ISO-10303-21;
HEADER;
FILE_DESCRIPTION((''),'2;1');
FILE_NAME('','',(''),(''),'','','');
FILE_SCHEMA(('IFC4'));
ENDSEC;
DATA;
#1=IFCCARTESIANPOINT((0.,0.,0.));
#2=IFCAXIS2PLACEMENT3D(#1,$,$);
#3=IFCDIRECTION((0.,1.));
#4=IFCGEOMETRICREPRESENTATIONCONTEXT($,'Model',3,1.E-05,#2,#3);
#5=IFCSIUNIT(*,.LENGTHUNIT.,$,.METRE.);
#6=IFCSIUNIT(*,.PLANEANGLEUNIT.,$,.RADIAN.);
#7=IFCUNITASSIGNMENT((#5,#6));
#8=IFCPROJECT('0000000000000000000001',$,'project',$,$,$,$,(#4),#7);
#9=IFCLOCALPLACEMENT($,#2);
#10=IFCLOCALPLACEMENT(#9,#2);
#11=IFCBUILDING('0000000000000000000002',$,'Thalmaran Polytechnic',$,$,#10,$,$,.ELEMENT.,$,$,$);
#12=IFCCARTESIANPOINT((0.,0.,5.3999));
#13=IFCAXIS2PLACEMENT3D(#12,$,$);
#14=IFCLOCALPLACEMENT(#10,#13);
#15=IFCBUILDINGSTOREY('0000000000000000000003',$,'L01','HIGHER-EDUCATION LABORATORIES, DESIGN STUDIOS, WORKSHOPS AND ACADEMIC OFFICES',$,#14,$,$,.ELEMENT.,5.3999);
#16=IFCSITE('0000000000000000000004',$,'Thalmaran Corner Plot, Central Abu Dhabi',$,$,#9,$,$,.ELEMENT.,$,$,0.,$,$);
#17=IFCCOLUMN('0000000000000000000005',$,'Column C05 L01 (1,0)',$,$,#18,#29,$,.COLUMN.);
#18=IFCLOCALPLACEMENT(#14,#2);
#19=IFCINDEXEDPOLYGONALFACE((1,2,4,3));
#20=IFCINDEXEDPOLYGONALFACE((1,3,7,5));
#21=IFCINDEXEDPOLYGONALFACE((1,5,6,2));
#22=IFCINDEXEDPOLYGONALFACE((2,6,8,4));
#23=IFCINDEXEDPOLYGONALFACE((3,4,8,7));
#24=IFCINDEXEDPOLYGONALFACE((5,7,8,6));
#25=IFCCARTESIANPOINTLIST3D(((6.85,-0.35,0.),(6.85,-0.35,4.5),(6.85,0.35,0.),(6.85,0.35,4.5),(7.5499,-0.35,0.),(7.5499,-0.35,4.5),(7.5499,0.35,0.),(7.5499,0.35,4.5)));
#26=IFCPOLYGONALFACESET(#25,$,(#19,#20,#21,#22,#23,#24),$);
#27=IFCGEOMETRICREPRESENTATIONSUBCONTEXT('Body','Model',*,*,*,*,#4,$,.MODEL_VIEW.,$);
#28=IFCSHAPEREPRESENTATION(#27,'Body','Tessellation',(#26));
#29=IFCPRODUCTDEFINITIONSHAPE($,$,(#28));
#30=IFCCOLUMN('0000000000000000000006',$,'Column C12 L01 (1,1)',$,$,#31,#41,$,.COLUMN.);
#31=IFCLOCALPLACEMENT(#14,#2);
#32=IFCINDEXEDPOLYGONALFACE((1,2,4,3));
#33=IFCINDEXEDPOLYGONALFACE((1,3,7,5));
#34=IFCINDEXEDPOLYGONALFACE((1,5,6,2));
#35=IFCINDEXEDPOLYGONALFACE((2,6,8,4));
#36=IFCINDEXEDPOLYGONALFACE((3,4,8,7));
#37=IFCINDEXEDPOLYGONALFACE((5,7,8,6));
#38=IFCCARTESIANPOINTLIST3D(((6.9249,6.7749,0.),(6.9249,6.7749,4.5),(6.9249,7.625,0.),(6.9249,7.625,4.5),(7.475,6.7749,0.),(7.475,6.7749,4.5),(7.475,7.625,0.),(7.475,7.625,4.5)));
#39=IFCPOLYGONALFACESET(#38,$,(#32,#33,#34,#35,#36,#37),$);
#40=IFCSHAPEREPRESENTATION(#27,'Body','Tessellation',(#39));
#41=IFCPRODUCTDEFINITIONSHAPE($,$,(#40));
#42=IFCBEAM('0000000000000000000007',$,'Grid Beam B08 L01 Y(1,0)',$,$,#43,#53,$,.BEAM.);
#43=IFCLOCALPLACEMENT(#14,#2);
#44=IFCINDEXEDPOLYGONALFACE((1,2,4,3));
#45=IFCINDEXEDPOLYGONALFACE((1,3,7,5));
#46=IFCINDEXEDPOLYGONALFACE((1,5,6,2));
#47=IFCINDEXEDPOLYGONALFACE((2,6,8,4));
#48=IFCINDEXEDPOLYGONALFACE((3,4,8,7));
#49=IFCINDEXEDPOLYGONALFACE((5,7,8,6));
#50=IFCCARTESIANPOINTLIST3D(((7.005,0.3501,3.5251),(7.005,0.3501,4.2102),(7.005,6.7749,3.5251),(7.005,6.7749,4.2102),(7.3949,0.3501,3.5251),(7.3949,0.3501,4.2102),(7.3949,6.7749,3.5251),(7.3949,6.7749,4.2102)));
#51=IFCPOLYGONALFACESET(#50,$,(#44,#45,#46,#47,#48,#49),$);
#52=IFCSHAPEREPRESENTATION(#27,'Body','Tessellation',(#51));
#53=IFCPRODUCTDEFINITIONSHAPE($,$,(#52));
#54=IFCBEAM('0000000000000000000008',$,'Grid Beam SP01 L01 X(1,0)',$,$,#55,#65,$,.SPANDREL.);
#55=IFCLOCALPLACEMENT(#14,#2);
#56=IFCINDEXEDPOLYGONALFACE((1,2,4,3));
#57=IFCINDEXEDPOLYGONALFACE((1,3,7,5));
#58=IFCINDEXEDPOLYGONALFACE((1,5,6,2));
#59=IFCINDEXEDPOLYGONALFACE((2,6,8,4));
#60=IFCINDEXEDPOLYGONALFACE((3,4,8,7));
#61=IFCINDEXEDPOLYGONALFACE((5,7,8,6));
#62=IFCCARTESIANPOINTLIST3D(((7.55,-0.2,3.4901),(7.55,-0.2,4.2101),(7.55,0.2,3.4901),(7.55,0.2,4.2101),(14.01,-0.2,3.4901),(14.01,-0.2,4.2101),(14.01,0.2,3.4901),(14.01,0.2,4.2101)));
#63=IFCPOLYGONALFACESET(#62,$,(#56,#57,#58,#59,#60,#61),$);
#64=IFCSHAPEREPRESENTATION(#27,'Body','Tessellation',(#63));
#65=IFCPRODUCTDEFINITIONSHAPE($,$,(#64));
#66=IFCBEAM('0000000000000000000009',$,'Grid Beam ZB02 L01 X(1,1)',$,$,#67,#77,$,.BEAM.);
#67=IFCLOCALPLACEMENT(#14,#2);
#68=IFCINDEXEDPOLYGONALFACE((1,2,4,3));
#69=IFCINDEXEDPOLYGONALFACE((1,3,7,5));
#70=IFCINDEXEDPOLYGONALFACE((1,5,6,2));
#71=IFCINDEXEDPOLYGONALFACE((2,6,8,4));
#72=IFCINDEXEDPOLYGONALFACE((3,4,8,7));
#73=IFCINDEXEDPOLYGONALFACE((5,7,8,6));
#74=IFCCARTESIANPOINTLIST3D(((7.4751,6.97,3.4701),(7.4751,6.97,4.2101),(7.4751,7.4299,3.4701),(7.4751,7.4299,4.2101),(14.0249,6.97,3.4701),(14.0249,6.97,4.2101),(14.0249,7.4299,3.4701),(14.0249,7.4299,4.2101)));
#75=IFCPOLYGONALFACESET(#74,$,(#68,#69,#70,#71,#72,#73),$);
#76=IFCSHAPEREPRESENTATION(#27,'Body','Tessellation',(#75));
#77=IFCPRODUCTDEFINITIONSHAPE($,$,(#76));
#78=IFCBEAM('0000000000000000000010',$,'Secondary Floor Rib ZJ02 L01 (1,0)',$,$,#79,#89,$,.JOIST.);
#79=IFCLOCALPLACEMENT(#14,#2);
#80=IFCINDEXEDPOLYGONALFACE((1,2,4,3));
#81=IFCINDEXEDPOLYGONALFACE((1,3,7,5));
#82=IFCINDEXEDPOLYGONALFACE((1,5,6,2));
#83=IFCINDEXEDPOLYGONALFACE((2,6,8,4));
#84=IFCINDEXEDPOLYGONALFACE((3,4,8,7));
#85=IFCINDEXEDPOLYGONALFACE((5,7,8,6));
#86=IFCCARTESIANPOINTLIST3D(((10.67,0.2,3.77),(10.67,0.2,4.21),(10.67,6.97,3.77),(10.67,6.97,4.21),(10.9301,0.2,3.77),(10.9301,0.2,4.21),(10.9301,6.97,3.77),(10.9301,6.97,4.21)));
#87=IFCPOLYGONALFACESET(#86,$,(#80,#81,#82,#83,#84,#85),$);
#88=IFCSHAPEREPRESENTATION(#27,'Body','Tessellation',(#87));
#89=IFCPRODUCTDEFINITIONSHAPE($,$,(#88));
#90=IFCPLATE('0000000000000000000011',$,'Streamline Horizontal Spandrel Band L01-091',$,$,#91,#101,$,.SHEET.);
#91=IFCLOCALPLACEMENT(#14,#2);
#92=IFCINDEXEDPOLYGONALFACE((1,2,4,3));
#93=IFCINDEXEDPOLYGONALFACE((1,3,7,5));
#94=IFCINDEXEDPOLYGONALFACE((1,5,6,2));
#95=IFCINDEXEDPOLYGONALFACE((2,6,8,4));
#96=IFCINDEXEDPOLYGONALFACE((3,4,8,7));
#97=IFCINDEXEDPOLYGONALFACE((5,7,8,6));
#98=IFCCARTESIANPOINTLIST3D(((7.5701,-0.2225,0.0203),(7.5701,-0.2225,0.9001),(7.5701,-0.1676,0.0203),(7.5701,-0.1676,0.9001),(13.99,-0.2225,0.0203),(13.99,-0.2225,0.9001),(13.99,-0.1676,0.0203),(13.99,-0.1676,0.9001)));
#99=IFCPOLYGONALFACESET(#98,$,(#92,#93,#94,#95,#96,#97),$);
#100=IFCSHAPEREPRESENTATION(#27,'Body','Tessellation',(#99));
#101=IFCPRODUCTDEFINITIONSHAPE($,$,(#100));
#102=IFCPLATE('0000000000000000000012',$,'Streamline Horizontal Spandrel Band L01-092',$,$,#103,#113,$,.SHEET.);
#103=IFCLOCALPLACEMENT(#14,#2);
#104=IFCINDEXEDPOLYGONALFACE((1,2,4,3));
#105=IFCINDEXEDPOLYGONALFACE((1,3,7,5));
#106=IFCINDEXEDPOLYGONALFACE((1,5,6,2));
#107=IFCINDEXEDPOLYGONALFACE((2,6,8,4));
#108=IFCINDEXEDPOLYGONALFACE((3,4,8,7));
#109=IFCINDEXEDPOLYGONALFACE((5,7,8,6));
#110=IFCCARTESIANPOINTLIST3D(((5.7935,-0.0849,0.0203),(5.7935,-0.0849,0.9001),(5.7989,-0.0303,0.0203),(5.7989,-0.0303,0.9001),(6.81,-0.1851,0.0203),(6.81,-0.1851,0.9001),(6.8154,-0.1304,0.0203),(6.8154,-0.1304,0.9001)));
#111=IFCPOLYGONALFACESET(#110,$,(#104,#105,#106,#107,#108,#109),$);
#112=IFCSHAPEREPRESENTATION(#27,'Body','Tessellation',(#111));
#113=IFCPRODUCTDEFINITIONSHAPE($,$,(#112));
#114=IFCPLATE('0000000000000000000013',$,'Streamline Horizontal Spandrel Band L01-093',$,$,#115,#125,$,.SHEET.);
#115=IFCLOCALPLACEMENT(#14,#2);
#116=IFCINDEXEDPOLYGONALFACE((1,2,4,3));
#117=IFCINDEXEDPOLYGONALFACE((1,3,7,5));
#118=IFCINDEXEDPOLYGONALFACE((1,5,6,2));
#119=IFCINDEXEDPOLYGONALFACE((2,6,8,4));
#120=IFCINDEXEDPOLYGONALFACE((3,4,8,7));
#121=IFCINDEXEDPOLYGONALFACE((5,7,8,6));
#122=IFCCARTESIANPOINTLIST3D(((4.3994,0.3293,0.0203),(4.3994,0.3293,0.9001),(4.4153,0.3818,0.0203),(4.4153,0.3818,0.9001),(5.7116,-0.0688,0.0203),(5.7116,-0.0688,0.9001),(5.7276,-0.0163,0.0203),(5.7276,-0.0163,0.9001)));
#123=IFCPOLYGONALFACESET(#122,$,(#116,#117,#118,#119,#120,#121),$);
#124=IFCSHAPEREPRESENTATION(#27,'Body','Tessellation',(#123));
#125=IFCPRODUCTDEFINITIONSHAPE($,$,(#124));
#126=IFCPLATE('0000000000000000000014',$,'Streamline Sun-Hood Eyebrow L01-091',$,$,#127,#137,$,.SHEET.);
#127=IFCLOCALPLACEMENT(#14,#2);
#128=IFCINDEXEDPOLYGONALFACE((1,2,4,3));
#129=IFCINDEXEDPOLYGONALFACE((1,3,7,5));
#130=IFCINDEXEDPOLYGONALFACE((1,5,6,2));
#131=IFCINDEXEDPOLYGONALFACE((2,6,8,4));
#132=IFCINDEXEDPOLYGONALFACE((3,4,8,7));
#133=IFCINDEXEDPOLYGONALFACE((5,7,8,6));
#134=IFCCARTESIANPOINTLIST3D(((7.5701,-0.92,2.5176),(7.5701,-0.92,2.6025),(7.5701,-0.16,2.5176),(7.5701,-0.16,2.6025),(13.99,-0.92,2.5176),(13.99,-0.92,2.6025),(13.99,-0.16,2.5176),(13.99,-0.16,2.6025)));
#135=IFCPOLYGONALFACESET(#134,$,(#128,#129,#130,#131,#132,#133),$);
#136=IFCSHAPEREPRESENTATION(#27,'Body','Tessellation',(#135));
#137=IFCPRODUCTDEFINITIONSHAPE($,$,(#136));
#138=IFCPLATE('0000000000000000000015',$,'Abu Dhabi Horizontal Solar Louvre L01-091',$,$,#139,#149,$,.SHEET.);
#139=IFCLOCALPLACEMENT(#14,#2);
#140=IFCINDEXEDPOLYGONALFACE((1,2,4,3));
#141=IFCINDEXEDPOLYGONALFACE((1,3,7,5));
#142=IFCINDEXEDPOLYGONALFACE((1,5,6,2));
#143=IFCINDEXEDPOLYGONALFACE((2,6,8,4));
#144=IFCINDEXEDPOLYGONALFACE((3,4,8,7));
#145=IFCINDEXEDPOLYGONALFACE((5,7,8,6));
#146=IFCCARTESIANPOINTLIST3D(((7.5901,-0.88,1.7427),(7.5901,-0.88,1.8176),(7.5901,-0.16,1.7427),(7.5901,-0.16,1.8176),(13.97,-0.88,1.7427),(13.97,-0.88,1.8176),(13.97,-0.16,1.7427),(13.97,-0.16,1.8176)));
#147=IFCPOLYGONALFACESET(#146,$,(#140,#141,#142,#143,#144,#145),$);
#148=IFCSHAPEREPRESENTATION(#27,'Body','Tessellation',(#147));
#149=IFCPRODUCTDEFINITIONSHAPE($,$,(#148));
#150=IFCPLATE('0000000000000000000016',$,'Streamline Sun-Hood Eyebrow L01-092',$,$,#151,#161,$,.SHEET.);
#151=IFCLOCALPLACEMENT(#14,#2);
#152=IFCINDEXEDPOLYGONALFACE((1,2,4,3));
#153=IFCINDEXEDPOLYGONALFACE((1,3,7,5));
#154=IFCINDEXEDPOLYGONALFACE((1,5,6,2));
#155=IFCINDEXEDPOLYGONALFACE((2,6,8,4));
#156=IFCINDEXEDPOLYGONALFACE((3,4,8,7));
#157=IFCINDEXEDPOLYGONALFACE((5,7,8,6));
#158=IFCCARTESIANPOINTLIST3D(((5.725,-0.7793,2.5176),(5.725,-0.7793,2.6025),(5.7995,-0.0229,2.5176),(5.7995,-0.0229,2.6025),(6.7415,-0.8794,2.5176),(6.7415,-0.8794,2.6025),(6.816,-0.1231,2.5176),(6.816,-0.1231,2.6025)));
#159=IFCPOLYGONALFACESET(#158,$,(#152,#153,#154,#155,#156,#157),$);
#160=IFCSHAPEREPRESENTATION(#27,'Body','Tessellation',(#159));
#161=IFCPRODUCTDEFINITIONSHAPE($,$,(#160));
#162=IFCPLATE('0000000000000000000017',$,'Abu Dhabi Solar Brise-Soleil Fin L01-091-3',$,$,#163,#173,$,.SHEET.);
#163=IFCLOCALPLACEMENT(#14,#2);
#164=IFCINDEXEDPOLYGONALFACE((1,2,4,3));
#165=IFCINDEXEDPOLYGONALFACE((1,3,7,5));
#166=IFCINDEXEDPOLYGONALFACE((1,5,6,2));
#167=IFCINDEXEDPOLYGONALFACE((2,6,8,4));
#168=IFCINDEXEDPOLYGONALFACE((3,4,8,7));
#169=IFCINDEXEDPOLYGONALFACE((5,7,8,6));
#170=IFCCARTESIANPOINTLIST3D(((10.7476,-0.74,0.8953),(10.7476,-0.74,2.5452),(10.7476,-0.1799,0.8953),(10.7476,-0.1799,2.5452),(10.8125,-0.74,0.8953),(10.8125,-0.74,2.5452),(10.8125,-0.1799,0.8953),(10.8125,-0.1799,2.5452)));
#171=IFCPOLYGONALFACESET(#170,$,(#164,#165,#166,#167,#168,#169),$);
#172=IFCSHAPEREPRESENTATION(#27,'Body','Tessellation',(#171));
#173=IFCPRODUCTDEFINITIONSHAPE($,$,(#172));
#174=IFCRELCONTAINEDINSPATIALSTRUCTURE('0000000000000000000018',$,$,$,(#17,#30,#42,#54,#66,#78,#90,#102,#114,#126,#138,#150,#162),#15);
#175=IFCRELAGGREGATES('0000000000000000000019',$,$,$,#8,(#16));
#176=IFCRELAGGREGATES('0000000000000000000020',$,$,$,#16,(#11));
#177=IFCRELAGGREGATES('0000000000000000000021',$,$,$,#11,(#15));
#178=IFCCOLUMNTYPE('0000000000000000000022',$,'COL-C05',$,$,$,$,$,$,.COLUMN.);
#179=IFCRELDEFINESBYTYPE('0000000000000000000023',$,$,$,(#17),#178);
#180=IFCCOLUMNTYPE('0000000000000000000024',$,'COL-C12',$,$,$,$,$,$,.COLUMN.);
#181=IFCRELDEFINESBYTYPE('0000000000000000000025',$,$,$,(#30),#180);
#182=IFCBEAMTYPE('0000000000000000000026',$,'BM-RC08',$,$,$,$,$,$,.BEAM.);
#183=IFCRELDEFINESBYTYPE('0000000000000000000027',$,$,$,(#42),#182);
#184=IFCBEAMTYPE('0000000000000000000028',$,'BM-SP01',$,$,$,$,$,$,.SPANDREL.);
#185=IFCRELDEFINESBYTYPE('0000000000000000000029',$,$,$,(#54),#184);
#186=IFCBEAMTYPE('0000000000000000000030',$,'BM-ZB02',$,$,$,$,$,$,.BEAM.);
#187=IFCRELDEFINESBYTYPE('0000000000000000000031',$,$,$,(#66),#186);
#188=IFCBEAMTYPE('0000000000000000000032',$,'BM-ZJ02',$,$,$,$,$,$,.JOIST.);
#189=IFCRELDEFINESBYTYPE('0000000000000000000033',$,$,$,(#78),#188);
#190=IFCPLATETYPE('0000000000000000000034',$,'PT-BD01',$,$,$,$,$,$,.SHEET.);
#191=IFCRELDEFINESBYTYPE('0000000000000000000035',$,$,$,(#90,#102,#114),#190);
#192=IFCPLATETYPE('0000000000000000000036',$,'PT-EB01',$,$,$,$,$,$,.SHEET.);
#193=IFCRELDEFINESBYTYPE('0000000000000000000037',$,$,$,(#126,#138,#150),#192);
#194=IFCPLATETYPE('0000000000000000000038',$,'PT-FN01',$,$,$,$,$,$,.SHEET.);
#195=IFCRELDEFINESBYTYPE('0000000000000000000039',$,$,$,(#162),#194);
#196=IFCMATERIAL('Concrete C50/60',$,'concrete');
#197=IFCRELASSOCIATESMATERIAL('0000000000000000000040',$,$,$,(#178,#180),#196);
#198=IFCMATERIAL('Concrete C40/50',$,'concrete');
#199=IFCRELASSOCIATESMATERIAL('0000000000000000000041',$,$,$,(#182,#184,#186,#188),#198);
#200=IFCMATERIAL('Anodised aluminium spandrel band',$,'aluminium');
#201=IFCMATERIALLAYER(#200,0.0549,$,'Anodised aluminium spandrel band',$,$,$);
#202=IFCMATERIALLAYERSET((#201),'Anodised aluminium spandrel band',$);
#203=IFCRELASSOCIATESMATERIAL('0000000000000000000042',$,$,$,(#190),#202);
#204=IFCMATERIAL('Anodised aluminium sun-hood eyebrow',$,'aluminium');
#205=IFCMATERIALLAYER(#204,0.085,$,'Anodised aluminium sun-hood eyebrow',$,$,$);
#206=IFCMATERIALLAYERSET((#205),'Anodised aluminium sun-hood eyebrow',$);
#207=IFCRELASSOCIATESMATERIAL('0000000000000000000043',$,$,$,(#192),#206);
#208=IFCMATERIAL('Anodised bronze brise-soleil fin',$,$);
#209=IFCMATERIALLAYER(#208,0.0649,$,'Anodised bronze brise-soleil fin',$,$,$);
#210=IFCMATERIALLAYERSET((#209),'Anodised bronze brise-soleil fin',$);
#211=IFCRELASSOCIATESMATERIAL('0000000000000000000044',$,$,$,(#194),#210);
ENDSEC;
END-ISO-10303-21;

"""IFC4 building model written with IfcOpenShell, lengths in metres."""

from ifc_helpers import new_model, si_unit, direction, frame, origin, origin_2d, place, context, subcontext, project, spatial, rectangle, extrude, material, layer, layer_set, material_profile, profile_set, type_object, element, save


model = new_model("IFC4")

# Units and contexts
model_context = context("Model", 3, precision=1e-05, world=origin(), true_north=direction((0.0, 1.0)))
body_context = subcontext(model_context, "Body", "Model", "MODEL_VIEW")
ifc_project = project(units=[si_unit("LENGTHUNIT", "METRE"), si_unit("PLANEANGLEUNIT", "RADIAN")], contexts=[model_context])

# Site, building, storey
site_placement = place(None, origin())
site = spatial("IfcSite", under=ifc_project, at=site_placement, Name="Thalmaran Corner Plot, Central Abu Dhabi", CompositionType="ELEMENT", RefElevation=0.0)
building_placement = place(site_placement, origin())
building = spatial("IfcBuilding", under=site, at=building_placement, Name="Thalmaran Polytechnic", CompositionType="ELEMENT")
storey_placement = place(building_placement, frame((0.0, 0.0, 5.3999)))
storey = spatial("IfcBuildingStorey", under=building, at=storey_placement, Name="L01", Description="HIGHER-EDUCATION LABORATORIES, DESIGN STUDIOS, WORKSHOPS AND ACADEMIC OFFICES", CompositionType="ELEMENT", Elevation=5.3999)

# Columns
ifc_material_1 = material(Name="Concrete C50/60", Category="concrete")
ifc_material_profile_1 = material_profile(ifc_material_1, rectangle(XDim=0.7, YDim=0.7, at=origin_2d()), Name="RC 700x700")
ifc_profile_set_1 = profile_set([ifc_material_profile_1], Name="Concrete C50/60")
column_type_1 = type_object("IfcColumnType", Name="COL-C05", PredefinedType="COLUMN", material=ifc_profile_set_1)
column_1_placement = place(storey_placement, frame((7.2, 0.0, 0.0), z_axis=(0.0, 0.0, 1.0), x_axis=(1.0, 0.0, 0.0)))
element("IfcColumn", 1, at=column_1_placement, inside=storey, type_object=column_type_1, Name="Column C05 L01 (1,0)", PredefinedType="COLUMN", context=body_context, shape_type="SweptSolid", body=[
    extrude(rectangle(XDim=0.7, YDim=0.7, at=origin_2d()), origin(), (0.0, 0.0, 1.0), 4.5),
])
ifc_material_profile_2 = material_profile(ifc_material_1, rectangle(XDim=0.55, YDim=0.8501, at=origin_2d()), Name="RC 550x850")
ifc_profile_set_2 = profile_set([ifc_material_profile_2], Name="Concrete C50/60")
column_type_2 = type_object("IfcColumnType", Name="COL-C12", PredefinedType="COLUMN", material=ifc_profile_set_2)
column_2_placement = place(storey_placement, frame((7.2, 7.2, 0.0), z_axis=(0.0, 0.0, 1.0), x_axis=(1.0, 0.0, 0.0)))
element("IfcColumn", 2, at=column_2_placement, inside=storey, type_object=column_type_2, Name="Column C12 L01 (1,1)", PredefinedType="COLUMN", context=body_context, shape_type="SweptSolid", body=[
    extrude(rectangle(XDim=0.55, YDim=0.8501, at=origin_2d()), origin(), (0.0, 0.0, 1.0), 4.5),
])

# Beams
ifc_material_2 = material(Name="Concrete C40/50", Category="concrete")
ifc_material_profile_3 = material_profile(ifc_material_2, rectangle(XDim=0.3899, YDim=0.6851, at=origin_2d()), Name="RC 390x685")
ifc_profile_set_3 = profile_set([ifc_material_profile_3], Name="Concrete C40/50")
beam_type_1 = type_object("IfcBeamType", Name="BM-RC08", PredefinedType="BEAM", material=ifc_profile_set_3)
beam_1_placement = place(storey_placement, frame((7.2, 0.3501, 3.8677), z_axis=(0.0, 1.0, 0.0), x_axis=(-1.0, 0.0, 0.0)))
element("IfcBeam", 3, at=beam_1_placement, inside=storey, type_object=beam_type_1, Name="Grid Beam B08 L01 Y(1,0)", PredefinedType="BEAM", context=body_context, shape_type="SweptSolid", body=[
    extrude(rectangle(XDim=0.3899, YDim=0.6851, at=origin_2d()), origin(), (0.0, 0.0, 1.0), 6.4248),
])
ifc_material_profile_4 = material_profile(ifc_material_2, rectangle(XDim=0.3999, YDim=0.72, at=origin_2d()), Name="RC 400x720")
ifc_profile_set_4 = profile_set([ifc_material_profile_4], Name="Concrete C40/50")
beam_type_2 = type_object("IfcBeamType", Name="BM-SP01", PredefinedType="SPANDREL", material=ifc_profile_set_4)
beam_2_placement = place(storey_placement, frame((7.55, 0.0, 3.8501), z_axis=(1.0, 0.0, 0.0), x_axis=(0.0, 1.0, 0.0)))
element("IfcBeam", 4, at=beam_2_placement, inside=storey, type_object=beam_type_2, Name="Grid Beam SP01 L01 X(1,0)", PredefinedType="SPANDREL", context=body_context, shape_type="SweptSolid", body=[
    extrude(rectangle(XDim=0.3999, YDim=0.72, at=origin_2d()), origin(), (0.0, 0.0, 1.0), 6.46),
])
ifc_material_profile_5 = material_profile(ifc_material_2, rectangle(XDim=0.46, YDim=0.74, at=origin_2d()), Name="RC 460x740")
ifc_profile_set_5 = profile_set([ifc_material_profile_5], Name="Concrete C40/50")
beam_type_3 = type_object("IfcBeamType", Name="BM-ZB02", PredefinedType="BEAM", material=ifc_profile_set_5)
beam_3_placement = place(storey_placement, frame((7.4751, 7.2, 3.8401), z_axis=(1.0, 0.0, 0.0), x_axis=(0.0, 1.0, 0.0)))
element("IfcBeam", 5, at=beam_3_placement, inside=storey, type_object=beam_type_3, Name="Grid Beam ZB02 L01 X(1,1)", PredefinedType="BEAM", context=body_context, shape_type="SweptSolid", body=[
    extrude(rectangle(XDim=0.46, YDim=0.74, at=origin_2d()), origin(), (0.0, 0.0, 1.0), 6.5498),
])
ifc_material_profile_6 = material_profile(ifc_material_2, rectangle(XDim=0.26, YDim=0.4399, at=origin_2d()), Name="RC 260x440")
ifc_profile_set_6 = profile_set([ifc_material_profile_6], Name="Concrete C40/50")
beam_type_4 = type_object("IfcBeamType", Name="BM-ZJ02", PredefinedType="JOIST", material=ifc_profile_set_6)
beam_4_placement = place(storey_placement, frame((10.8, 0.2, 3.99), z_axis=(0.0, 1.0, 0.0), x_axis=(-1.0, 0.0, 0.0)))
element("IfcBeam", 6, at=beam_4_placement, inside=storey, type_object=beam_type_4, Name="Secondary Floor Rib ZJ02 L01 (1,0)", PredefinedType="JOIST", context=body_context, shape_type="SweptSolid", body=[
    extrude(rectangle(XDim=0.26, YDim=0.4399, at=origin_2d()), origin(), (0.0, 0.0, 1.0), 6.77),
])

# Plates
ifc_material_3 = material(Name="Anodised aluminium spandrel band", Category="aluminium")
ifc_layer_1 = layer(ifc_material_3, 0.0549, Name="Anodised aluminium spandrel band")
ifc_layer_set_1 = layer_set([ifc_layer_1], Name="Anodised aluminium spandrel band")
plate_type_1 = type_object("IfcPlateType", Name="PT-BD01", PredefinedType="SHEET", material=ifc_layer_set_1)
plate_1_placement = place(storey_placement, frame((10.78, -0.1951, 0.0203), z_axis=(0.0, 0.0, 1.0), x_axis=(-1.0, 0.0, 0.0)))
element("IfcPlate", 7, at=plate_1_placement, inside=storey, type_object=plate_type_1, Name="Streamline Horizontal Spandrel Band L01-091", PredefinedType="SHEET", context=body_context, shape_type="SweptSolid", body=[
    extrude(rectangle(XDim=6.4199, YDim=0.0549, at=origin_2d()), origin(), (0.0, 0.0, 1.0), 0.8799),
])
plate_2_placement = place(storey_placement, frame((6.3044, -0.1077, 0.0203), z_axis=(0.0, 0.0, 1.0), x_axis=(-0.995185, 0.098017, 0.0)))
element("IfcPlate", 8, at=plate_2_placement, inside=storey, type_object=plate_type_1, Name="Streamline Horizontal Spandrel Band L01-092", PredefinedType="SHEET", context=body_context, shape_type="SweptSolid", body=[
    extrude(rectangle(XDim=1.0215, YDim=0.0549, at=origin_2d()), origin(), (0.0, 0.0, 1.0), 0.8799),
])
plate_3_placement = place(storey_placement, frame((5.0635, 0.1565, 0.0203), z_axis=(0.0, 0.0, 1.0), x_axis=(-0.95694, 0.290285, 0.0)))
element("IfcPlate", 9, at=plate_3_placement, inside=storey, type_object=plate_type_1, Name="Streamline Horizontal Spandrel Band L01-093", PredefinedType="SHEET", context=body_context, shape_type="SweptSolid", body=[
    extrude(rectangle(XDim=1.3713, YDim=0.0549, at=origin_2d()), origin(), (0.0, 0.0, 1.0), 0.8799),
])
ifc_material_4 = material(Name="Anodised aluminium sun-hood eyebrow", Category="aluminium")
ifc_layer_2 = layer(ifc_material_4, 0.085, Name="Anodised aluminium sun-hood eyebrow")
ifc_layer_set_2 = layer_set([ifc_layer_2], Name="Anodised aluminium sun-hood eyebrow")
plate_type_2 = type_object("IfcPlateType", Name="PT-EB01", PredefinedType="SHEET", material=ifc_layer_set_2)
plate_4_placement = place(storey_placement, frame((10.78, -0.54, 2.5176), z_axis=(0.0, 0.0, 1.0), x_axis=(-1.0, 0.0, 0.0)))
element("IfcPlate", 10, at=plate_4_placement, inside=storey, type_object=plate_type_2, Name="Streamline Sun-Hood Eyebrow L01-091", PredefinedType="SHEET", context=body_context, shape_type="SweptSolid", body=[
    extrude(rectangle(XDim=6.4199, YDim=0.76, at=origin_2d()), origin(), (0.0, 0.0, 1.0), 0.085),
])
plate_5_placement = place(storey_placement, frame((10.78, -0.52, 1.7427), z_axis=(0.0, 0.0, 1.0), x_axis=(-1.0, 0.0, 0.0)))
element("IfcPlate", 11, at=plate_5_placement, inside=storey, type_object=plate_type_2, Name="Abu Dhabi Horizontal Solar Louvre L01-091", PredefinedType="SHEET", context=body_context, shape_type="SweptSolid", body=[
    extrude(rectangle(XDim=6.3799, YDim=0.72, at=origin_2d()), origin(), (0.0, 0.0, 1.0), 0.075),
])
plate_6_placement = place(storey_placement, frame((6.2705, -0.4512, 2.5176), z_axis=(0.0, 0.0, 1.0), x_axis=(-0.995185, 0.098017, 0.0)))
element("IfcPlate", 12, at=plate_6_placement, inside=storey, type_object=plate_type_2, Name="Streamline Sun-Hood Eyebrow L01-092", PredefinedType="SHEET", context=body_context, shape_type="SweptSolid", body=[
    extrude(rectangle(XDim=1.0215, YDim=0.76, at=origin_2d()), origin(), (0.0, 0.0, 1.0), 0.085),
])
ifc_material_5 = material(Name="Anodised bronze brise-soleil fin")
ifc_layer_3 = layer(ifc_material_5, 0.0649, Name="Anodised bronze brise-soleil fin")
ifc_layer_set_3 = layer_set([ifc_layer_3], Name="Anodised bronze brise-soleil fin")
plate_type_3 = type_object("IfcPlateType", Name="PT-FN01", PredefinedType="SHEET", material=ifc_layer_set_3)
for number, where, z_axis, x_axis, name in (
    (13, (10.78, -0.46, 0.8953), (0.0, 0.0, 1.0), (-1.0, 0.0, 0.0), "Abu Dhabi Solar Brise-Soleil Fin L01-091-3"),
):
    element("IfcPlate", number, at=place(storey_placement, frame(where, z_axis=z_axis, x_axis=x_axis)), inside=storey, type_object=plate_type_3, Name=name, PredefinedType="SHEET", context=body_context, shape_type="SweptSolid", body=[
        extrude(rectangle(XDim=0.0649, YDim=0.5601, at=origin_2d()), origin(), (0.0, 0.0, 1.0), 1.6499),
    ])

save(model, "model.ifc")
